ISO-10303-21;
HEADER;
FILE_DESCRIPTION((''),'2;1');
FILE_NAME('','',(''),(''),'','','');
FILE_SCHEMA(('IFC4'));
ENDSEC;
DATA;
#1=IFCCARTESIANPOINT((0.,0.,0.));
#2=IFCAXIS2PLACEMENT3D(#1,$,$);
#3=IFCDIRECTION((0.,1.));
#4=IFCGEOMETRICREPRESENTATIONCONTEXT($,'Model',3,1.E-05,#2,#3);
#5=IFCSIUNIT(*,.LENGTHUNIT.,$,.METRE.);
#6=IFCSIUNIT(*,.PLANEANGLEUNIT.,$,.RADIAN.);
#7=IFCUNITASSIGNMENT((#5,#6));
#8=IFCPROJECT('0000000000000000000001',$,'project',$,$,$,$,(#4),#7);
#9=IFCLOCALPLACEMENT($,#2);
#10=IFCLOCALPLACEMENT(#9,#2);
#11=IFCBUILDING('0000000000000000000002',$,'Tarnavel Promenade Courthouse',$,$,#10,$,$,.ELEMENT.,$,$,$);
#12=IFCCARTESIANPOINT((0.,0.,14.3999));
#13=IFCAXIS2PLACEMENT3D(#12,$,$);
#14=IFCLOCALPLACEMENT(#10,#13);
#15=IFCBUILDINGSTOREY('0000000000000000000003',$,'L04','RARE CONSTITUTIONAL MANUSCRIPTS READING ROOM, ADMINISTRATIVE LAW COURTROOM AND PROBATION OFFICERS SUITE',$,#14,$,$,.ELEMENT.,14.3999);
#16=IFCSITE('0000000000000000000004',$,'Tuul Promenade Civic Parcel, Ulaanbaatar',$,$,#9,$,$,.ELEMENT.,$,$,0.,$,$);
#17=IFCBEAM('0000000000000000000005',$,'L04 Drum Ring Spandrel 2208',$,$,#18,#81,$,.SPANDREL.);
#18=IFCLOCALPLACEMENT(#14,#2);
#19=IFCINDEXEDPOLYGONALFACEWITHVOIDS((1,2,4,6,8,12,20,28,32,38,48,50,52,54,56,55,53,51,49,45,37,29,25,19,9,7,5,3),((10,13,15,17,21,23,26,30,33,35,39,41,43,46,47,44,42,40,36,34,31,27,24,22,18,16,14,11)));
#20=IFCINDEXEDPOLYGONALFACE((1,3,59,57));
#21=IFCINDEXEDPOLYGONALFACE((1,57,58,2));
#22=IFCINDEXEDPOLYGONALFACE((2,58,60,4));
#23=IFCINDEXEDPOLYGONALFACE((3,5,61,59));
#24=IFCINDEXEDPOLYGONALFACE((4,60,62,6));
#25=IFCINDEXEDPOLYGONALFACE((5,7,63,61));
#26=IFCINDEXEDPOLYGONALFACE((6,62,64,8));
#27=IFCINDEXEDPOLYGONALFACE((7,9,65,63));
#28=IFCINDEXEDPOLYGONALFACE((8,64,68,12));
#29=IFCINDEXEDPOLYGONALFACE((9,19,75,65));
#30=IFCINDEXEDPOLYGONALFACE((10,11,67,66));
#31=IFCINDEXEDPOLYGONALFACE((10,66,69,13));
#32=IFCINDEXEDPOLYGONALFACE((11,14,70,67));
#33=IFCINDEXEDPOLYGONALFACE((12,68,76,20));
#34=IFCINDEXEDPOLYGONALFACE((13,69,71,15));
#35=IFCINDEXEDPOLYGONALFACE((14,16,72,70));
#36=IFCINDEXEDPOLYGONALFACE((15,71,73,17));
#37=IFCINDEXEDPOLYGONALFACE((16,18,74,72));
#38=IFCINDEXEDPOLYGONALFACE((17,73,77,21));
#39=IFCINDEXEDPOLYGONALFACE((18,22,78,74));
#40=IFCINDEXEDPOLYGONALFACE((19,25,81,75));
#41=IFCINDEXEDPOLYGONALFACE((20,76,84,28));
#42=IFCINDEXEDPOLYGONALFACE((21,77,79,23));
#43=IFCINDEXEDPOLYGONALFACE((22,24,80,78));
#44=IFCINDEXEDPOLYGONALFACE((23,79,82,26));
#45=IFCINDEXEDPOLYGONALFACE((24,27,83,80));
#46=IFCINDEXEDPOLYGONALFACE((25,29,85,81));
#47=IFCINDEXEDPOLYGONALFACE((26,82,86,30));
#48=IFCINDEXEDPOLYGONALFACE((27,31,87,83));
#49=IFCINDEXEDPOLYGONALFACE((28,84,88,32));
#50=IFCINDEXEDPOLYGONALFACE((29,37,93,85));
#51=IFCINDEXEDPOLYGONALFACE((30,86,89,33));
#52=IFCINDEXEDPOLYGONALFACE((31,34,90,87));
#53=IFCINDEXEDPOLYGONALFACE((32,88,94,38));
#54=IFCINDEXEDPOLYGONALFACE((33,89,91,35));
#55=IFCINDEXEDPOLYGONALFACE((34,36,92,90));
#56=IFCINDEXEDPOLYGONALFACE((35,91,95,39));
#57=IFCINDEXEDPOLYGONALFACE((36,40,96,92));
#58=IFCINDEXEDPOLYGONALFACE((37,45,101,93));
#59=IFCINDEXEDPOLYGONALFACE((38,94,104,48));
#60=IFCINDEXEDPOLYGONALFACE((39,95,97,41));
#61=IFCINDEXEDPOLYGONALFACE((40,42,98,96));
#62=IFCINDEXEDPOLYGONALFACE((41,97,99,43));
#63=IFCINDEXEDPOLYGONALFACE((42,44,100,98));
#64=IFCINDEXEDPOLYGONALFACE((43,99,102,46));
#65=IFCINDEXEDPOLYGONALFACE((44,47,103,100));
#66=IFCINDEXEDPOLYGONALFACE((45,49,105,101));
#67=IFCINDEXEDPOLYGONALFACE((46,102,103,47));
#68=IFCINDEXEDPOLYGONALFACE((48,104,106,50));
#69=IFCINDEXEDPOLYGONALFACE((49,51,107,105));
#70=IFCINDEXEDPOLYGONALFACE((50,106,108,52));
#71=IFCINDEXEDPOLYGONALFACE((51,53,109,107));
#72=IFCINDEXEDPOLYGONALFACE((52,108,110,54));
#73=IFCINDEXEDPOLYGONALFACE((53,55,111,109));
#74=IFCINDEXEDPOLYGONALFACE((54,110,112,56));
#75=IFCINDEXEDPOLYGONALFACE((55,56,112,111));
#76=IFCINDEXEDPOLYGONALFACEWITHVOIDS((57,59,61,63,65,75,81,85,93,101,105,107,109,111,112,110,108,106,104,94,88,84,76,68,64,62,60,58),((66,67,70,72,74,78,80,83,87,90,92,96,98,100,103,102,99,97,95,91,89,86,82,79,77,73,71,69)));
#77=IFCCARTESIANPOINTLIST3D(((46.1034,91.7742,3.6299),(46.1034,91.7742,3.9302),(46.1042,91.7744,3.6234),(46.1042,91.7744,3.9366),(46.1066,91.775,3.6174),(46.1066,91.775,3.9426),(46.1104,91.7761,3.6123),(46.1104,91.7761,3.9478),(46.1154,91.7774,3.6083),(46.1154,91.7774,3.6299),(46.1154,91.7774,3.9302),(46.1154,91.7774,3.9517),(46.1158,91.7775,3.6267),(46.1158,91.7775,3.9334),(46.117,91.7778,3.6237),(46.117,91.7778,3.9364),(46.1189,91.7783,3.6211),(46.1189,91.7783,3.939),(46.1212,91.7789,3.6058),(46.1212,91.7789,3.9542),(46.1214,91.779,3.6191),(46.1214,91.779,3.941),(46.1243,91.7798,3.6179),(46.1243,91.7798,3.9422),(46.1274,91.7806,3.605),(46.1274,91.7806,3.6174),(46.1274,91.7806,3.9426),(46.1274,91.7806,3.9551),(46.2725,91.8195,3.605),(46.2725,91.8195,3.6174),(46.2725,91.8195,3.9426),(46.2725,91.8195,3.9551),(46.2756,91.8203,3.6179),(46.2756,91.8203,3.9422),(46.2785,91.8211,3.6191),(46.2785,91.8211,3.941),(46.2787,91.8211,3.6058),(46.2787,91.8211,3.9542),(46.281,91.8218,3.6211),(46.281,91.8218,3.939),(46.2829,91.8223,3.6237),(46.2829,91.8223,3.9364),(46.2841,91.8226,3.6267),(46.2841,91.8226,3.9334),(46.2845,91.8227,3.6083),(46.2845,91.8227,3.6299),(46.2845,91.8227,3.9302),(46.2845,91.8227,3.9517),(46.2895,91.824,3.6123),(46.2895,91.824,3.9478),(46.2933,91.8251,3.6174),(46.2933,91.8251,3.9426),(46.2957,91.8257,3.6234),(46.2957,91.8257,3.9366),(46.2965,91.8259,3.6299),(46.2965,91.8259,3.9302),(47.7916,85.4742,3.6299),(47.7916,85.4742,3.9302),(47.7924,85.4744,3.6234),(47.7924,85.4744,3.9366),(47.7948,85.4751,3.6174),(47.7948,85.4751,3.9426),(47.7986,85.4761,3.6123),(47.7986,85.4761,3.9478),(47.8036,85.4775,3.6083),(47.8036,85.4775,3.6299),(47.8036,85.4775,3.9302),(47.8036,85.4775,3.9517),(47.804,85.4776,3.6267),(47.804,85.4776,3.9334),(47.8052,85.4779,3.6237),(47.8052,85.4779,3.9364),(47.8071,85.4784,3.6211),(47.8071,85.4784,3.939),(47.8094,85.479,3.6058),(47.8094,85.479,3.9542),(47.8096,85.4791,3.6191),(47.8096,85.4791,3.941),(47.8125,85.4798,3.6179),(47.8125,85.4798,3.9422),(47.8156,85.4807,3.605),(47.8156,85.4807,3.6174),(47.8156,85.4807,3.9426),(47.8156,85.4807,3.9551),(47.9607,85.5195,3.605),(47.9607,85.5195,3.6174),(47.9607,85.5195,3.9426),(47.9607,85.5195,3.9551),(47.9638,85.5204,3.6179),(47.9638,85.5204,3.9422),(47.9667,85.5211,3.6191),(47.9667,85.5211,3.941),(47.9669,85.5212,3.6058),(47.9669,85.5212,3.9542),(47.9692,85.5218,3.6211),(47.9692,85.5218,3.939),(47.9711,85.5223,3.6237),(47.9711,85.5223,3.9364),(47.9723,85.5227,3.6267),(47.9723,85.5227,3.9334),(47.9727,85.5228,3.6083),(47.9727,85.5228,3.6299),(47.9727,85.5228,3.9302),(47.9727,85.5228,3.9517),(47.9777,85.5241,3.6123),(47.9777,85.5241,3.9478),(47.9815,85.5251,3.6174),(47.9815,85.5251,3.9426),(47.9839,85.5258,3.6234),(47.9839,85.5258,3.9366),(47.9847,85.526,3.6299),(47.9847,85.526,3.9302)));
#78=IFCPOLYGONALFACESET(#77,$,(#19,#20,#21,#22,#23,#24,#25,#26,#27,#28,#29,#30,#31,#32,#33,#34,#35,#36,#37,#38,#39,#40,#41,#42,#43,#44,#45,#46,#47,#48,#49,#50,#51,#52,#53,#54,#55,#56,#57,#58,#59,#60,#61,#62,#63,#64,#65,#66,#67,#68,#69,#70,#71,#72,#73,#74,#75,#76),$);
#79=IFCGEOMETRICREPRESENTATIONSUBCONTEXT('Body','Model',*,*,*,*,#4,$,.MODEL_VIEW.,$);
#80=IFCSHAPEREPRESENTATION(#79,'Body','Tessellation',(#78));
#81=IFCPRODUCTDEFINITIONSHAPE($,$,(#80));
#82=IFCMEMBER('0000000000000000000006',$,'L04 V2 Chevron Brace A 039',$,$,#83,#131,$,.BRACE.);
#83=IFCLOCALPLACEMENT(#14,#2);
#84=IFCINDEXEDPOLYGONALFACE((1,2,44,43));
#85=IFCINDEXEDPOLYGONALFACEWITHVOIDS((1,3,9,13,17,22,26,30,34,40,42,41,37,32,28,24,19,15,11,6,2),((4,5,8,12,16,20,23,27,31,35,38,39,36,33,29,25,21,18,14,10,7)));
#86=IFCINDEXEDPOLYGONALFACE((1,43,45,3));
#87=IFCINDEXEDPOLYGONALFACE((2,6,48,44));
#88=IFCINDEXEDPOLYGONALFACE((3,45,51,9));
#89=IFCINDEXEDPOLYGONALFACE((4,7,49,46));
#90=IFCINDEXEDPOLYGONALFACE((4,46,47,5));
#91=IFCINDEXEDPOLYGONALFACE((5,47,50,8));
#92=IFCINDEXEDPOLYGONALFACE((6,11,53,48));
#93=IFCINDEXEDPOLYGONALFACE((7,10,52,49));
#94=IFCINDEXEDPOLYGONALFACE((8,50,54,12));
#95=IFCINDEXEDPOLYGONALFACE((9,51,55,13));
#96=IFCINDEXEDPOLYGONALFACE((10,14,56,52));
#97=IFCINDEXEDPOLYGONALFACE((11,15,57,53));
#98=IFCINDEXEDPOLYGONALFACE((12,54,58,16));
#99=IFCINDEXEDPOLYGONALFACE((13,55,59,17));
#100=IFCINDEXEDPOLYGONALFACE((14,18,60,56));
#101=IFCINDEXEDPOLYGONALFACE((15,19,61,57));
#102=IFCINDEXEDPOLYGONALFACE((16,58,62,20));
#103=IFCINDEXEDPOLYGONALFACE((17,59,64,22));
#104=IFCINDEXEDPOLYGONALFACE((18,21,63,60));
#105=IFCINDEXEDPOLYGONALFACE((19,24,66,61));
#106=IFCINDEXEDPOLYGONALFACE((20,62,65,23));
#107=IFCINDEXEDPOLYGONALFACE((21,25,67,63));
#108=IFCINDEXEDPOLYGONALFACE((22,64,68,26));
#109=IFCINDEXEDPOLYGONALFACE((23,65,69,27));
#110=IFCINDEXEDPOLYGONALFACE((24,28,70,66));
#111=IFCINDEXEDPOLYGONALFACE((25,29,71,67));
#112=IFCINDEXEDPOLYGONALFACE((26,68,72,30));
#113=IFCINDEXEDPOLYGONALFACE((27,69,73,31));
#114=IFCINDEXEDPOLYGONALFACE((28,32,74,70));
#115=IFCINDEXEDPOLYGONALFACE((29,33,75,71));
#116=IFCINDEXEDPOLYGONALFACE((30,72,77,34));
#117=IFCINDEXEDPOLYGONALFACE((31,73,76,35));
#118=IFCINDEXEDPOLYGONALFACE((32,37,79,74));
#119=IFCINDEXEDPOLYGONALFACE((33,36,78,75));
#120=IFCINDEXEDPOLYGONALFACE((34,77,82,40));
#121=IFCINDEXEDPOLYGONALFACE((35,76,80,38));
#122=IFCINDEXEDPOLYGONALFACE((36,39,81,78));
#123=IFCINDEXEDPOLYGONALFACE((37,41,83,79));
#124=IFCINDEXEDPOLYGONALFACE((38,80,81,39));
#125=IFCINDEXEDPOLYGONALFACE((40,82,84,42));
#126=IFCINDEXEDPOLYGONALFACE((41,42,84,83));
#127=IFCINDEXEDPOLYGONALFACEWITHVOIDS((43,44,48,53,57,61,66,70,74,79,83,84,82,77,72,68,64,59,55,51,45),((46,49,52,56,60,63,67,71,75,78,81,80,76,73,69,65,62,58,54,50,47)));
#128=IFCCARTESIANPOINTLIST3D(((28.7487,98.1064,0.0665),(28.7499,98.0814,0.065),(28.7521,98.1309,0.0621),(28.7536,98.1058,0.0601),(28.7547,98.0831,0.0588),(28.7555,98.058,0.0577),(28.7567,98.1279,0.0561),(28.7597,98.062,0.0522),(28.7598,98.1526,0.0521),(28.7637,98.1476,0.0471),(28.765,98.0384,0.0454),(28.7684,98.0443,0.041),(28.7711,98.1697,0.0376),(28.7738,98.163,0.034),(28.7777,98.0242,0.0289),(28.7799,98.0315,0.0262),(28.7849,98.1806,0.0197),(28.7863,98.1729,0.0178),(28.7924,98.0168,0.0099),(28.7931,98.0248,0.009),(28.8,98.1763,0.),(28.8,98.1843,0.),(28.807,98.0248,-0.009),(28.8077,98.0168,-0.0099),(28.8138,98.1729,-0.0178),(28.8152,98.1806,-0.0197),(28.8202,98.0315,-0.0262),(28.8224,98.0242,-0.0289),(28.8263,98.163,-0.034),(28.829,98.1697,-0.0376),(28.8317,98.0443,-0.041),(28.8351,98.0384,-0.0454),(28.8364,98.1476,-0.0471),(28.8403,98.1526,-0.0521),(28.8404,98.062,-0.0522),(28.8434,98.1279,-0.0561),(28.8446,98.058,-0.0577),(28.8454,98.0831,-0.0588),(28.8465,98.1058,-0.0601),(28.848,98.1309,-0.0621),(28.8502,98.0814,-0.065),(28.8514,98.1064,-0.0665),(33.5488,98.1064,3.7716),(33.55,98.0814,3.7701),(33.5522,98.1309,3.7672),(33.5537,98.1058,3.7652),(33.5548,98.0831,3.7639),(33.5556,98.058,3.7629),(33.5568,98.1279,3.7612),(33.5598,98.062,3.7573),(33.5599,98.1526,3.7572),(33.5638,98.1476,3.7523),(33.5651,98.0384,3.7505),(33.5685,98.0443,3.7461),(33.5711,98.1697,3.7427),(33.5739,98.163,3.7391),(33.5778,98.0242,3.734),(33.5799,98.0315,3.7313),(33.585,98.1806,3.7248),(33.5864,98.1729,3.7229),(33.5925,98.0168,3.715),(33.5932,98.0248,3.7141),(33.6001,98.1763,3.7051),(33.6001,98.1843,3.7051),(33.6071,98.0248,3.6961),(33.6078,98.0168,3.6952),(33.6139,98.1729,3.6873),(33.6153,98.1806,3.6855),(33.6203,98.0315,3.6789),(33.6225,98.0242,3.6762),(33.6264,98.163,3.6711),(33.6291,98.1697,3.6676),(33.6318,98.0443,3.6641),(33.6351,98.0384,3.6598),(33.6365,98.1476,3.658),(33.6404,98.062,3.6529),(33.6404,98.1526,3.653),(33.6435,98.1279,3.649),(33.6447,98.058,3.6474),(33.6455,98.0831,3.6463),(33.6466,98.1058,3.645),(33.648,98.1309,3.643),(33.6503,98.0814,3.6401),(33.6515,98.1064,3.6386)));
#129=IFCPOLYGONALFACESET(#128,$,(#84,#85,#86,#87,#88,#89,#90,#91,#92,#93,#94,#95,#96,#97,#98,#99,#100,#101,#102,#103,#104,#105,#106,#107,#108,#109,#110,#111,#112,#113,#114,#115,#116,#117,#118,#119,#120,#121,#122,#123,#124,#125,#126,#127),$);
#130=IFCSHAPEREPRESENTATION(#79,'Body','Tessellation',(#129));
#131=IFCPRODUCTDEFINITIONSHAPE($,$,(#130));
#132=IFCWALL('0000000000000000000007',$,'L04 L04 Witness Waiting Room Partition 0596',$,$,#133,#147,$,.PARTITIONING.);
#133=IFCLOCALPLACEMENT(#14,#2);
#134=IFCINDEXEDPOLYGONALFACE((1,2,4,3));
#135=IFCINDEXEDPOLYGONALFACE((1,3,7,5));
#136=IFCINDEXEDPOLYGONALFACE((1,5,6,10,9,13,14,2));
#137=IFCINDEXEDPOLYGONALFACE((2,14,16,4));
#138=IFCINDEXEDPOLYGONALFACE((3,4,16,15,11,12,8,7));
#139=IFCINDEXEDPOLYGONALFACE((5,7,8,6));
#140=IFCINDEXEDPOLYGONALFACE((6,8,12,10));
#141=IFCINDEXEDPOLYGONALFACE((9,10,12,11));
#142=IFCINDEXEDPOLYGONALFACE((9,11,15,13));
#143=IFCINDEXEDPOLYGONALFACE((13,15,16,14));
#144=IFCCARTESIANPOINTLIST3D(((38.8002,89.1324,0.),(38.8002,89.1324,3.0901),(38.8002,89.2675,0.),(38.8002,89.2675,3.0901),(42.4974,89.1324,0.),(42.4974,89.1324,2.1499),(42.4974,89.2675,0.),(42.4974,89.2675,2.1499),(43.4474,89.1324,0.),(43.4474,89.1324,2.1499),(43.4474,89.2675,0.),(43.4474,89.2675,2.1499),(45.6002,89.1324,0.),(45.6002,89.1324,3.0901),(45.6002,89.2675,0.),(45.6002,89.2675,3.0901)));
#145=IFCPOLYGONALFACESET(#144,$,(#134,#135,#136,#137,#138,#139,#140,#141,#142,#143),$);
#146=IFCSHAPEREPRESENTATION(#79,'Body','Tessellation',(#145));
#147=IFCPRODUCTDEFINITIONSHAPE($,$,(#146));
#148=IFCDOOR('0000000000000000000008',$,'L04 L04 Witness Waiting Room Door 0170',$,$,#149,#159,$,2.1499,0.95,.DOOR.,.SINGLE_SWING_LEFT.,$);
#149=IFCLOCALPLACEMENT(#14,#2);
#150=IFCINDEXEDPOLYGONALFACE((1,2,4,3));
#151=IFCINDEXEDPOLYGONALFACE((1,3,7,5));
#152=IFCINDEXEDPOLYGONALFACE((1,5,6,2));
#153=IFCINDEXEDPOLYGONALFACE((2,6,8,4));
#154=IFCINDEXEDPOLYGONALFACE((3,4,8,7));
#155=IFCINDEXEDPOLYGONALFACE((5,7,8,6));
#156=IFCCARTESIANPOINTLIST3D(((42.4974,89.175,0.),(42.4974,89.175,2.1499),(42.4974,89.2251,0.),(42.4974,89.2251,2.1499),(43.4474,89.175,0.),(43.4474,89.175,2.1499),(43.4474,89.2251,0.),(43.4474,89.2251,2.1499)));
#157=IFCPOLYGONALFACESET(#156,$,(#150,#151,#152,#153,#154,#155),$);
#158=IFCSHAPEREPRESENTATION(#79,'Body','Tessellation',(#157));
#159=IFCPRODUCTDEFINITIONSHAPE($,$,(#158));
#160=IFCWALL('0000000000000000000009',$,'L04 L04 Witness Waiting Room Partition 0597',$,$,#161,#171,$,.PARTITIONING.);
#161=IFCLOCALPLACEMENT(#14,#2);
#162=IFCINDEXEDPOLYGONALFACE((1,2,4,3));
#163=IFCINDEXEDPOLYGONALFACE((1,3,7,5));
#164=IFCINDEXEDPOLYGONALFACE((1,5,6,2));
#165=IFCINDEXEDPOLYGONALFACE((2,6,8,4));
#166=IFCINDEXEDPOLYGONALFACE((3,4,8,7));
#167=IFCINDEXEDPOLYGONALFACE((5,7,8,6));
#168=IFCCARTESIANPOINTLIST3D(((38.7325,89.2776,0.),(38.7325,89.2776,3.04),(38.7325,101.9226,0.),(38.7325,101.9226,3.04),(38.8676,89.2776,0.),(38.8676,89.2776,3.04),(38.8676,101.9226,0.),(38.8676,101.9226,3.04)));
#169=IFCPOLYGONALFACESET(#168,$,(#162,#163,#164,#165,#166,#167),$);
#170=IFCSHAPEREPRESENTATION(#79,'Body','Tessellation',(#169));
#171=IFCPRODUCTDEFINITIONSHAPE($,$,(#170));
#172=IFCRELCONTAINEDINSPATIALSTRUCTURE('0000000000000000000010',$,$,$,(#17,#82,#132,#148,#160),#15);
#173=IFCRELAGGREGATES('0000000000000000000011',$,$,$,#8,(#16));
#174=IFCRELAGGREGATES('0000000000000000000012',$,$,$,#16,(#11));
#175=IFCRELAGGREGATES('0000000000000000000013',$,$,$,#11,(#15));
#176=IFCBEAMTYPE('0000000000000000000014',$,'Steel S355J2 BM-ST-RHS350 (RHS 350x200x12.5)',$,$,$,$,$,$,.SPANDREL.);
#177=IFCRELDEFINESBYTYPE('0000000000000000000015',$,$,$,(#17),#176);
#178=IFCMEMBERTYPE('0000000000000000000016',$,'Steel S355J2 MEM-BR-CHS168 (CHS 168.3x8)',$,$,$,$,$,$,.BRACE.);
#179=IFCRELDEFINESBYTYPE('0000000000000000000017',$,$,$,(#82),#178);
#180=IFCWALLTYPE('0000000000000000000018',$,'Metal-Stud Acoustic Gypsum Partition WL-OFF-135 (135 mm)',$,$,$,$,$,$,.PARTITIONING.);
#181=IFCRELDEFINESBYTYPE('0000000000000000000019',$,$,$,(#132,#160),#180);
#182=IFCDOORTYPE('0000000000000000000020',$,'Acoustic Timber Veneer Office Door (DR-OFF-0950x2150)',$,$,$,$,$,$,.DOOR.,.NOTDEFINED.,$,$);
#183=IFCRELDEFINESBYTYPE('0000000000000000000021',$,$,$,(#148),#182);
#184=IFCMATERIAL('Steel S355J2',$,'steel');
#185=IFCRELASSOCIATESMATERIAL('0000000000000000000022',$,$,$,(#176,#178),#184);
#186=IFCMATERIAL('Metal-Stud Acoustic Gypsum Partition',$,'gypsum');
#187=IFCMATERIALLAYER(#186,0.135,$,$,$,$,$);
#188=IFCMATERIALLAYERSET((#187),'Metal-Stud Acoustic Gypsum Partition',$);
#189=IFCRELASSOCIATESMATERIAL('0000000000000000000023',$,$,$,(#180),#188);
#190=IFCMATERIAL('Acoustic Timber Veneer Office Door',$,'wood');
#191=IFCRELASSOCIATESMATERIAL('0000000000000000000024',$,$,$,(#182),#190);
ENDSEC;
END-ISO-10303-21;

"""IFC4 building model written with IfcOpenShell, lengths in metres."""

from ifc_helpers import new_model, si_unit, direction, frame, frame_2d, origin, origin_2d, place, context, subcontext, project, spatial, rectangle, hollow_rectangle, hollow_circle, extrude, material, layer, layer_set, material_profile, profile_set, type_object, element, fill, save


model = new_model("IFC4")

# Units and contexts
model_context = context("Model", 3, precision=1e-05, world=origin(), true_north=direction((0.0, 1.0)))
body_context = subcontext(model_context, "Body", "Model", "MODEL_VIEW")
ifc_project = project(units=[si_unit("LENGTHUNIT", "METRE"), si_unit("PLANEANGLEUNIT", "RADIAN")], contexts=[model_context])

# Site, building, storey
site_placement = place(None, origin())
site = spatial("IfcSite", under=ifc_project, at=site_placement, Name="Tuul Promenade Civic Parcel, Ulaanbaatar", CompositionType="ELEMENT", RefElevation=0.0)
building_placement = place(site_placement, origin())
building = spatial("IfcBuilding", under=site, at=building_placement, Name="Tarnavel Promenade Courthouse", CompositionType="ELEMENT")
storey_placement = place(building_placement, frame((0.0, 0.0, 14.3999)))
storey = spatial("IfcBuildingStorey", under=building, at=storey_placement, Name="L04", Description="RARE CONSTITUTIONAL MANUSCRIPTS READING ROOM, ADMINISTRATIVE LAW COURTROOM AND PROBATION OFFICERS SUITE", CompositionType="ELEMENT", Elevation=14.3999)

# Beam
ifc_material_1 = material(Name="Steel S355J2", Category="steel")
ifc_material_profile_1 = material_profile(ifc_material_1, hollow_rectangle(XDim=0.2, YDim=0.3501, WallThickness=0.0125, InnerFilletRadius=0.0125, OuterFilletRadius=0.0249, at=origin_2d()), Name="RHS 350x200x12.5")
ifc_profile_set_1 = profile_set([ifc_material_profile_1], Name="Steel S355J2")
beam_type_1 = type_object("IfcBeamType", Name="Steel S355J2 BM-ST-RHS350 (RHS 350x200x12.5)", PredefinedType="SPANDREL", material=ifc_profile_set_1)
beam_1_placement = place(storey_placement, frame((46.2, 91.8, 3.78), z_axis=(0.258839, -0.96592, 0.0), x_axis=(0.96592, 0.258839, 0.0)))
element("IfcBeam", 1, at=beam_1_placement, inside=storey, type_object=beam_type_1, Name="L04 Drum Ring Spandrel 2208", PredefinedType="SPANDREL", context=body_context, shape_type="SweptSolid", body=[
    extrude(hollow_rectangle(XDim=0.2, YDim=0.3501, WallThickness=0.0125, InnerFilletRadius=0.0125, OuterFilletRadius=0.0249, at=origin_2d()), origin(), (0.0, 0.0, 1.0), 6.5222),
])

# Member
ifc_material_profile_2 = material_profile(ifc_material_1, hollow_circle(Radius=0.0842, WallThickness=0.0081, at=origin_2d()), Name="CHS 168.3x8")
ifc_profile_set_2 = profile_set([ifc_material_profile_2], Name="Steel S355J2")
member_type = type_object("IfcMemberType", Name="Steel S355J2 MEM-BR-CHS168 (CHS 168.3x8)", PredefinedType="BRACE", material=ifc_profile_set_2)
member_placement = place(storey_placement, frame((28.8, 98.1001, 0.0), z_axis=(0.791608, 0.0, 0.611029), x_axis=(0.0, 1.0, 0.0)))
element("IfcMember", 2, at=member_placement, inside=storey, type_object=member_type, Name="L04 V2 Chevron Brace A 039", PredefinedType="BRACE", context=body_context, shape_type="SweptSolid", body=[
    extrude(hollow_circle(Radius=0.0842, WallThickness=0.0081, at=origin_2d()), origin(), (0.0, 0.0, 1.0), 6.0637),
])

# Wall, opening, door
ifc_material_2 = material(Name="Metal-Stud Acoustic Gypsum Partition", Category="gypsum")
ifc_layer_1 = layer(ifc_material_2, 0.135)
ifc_layer_set_1 = layer_set([ifc_layer_1], Name="Metal-Stud Acoustic Gypsum Partition")
wall_type_1 = type_object("IfcWallType", Name="Metal-Stud Acoustic Gypsum Partition WL-OFF-135 (135 mm)", PredefinedType="PARTITIONING", material=ifc_layer_set_1)
wall_1_placement = place(storey_placement, frame((45.6001, 89.2, 0.0), z_axis=(0.0, 0.0, 1.0), x_axis=(-1.0, 0.0, 0.0)))
wall_1 = element("IfcWall", 3, at=wall_1_placement, inside=storey, type_object=wall_type_1, Name="L04 L04 Witness Waiting Room Partition 0596", PredefinedType="PARTITIONING", context=body_context, shape_type="SweptSolid", body=[
    extrude(rectangle(XDim=6.8, YDim=0.135, at=frame_2d((3.3999, 0.0))), origin(), (0.0, 0.0, 1.0), 3.0901),
])
opening_1_placement = place(wall_1_placement, frame((2.1526, 0.0, 0.0)))
opening_1 = element("IfcOpeningElement", 4, at=opening_1_placement, cuts=wall_1, PredefinedType="OPENING", context=body_context, shape_type="SweptSolid", body=[
    extrude(rectangle(XDim=0.95, YDim=2.1499, at=frame_2d((0.4751, 1.075))), frame((0.0, 0.0774, 0.0), z_axis=(0.0, -1.0, 0.0), x_axis=(1.0, 0.0, 0.0)), (0.0, 0.0, 1.0), 0.155),
])
ifc_material_3 = material(Name="Acoustic Timber Veneer Office Door", Category="wood")
door_type = type_object("IfcDoorType", Name="Acoustic Timber Veneer Office Door (DR-OFF-0950x2150)", OperationType="NOTDEFINED", PredefinedType="DOOR", material=ifc_material_3)
door_placement = place(opening_1_placement, origin())
door = element("IfcDoor", 5, at=door_placement, inside=storey, type_object=door_type, Name="L04 L04 Witness Waiting Room Door 0170", OperationType="SINGLE_SWING_LEFT", OverallHeight=2.1499, OverallWidth=0.95, PredefinedType="DOOR", context=body_context, shape_type="SweptSolid", body=[
    extrude(rectangle(XDim=0.95, YDim=2.1499, at=frame_2d((0.4751, 1.075))), frame((0.0, 0.0249, 0.0), z_axis=(0.0, -1.0, 0.0), x_axis=(1.0, 0.0, 0.0)), (0.0, 0.0, 1.0), 0.05),
])
fill(opening_1, door)

# Wall
wall_2_placement = place(storey_placement, frame((38.8, 89.2776, 0.0), z_axis=(0.0, 0.0, 1.0), x_axis=(0.0, 1.0, 0.0)))
element("IfcWall", 6, at=wall_2_placement, inside=storey, type_object=wall_type_1, Name="L04 L04 Witness Waiting Room Partition 0597", PredefinedType="PARTITIONING", context=body_context, shape_type="SweptSolid", body=[
    extrude(rectangle(XDim=12.645, YDim=0.135, at=frame_2d((6.3225, 0.0))), origin(), (0.0, 0.0, 1.0), 3.04),
])

save(model, "model.ifc")
